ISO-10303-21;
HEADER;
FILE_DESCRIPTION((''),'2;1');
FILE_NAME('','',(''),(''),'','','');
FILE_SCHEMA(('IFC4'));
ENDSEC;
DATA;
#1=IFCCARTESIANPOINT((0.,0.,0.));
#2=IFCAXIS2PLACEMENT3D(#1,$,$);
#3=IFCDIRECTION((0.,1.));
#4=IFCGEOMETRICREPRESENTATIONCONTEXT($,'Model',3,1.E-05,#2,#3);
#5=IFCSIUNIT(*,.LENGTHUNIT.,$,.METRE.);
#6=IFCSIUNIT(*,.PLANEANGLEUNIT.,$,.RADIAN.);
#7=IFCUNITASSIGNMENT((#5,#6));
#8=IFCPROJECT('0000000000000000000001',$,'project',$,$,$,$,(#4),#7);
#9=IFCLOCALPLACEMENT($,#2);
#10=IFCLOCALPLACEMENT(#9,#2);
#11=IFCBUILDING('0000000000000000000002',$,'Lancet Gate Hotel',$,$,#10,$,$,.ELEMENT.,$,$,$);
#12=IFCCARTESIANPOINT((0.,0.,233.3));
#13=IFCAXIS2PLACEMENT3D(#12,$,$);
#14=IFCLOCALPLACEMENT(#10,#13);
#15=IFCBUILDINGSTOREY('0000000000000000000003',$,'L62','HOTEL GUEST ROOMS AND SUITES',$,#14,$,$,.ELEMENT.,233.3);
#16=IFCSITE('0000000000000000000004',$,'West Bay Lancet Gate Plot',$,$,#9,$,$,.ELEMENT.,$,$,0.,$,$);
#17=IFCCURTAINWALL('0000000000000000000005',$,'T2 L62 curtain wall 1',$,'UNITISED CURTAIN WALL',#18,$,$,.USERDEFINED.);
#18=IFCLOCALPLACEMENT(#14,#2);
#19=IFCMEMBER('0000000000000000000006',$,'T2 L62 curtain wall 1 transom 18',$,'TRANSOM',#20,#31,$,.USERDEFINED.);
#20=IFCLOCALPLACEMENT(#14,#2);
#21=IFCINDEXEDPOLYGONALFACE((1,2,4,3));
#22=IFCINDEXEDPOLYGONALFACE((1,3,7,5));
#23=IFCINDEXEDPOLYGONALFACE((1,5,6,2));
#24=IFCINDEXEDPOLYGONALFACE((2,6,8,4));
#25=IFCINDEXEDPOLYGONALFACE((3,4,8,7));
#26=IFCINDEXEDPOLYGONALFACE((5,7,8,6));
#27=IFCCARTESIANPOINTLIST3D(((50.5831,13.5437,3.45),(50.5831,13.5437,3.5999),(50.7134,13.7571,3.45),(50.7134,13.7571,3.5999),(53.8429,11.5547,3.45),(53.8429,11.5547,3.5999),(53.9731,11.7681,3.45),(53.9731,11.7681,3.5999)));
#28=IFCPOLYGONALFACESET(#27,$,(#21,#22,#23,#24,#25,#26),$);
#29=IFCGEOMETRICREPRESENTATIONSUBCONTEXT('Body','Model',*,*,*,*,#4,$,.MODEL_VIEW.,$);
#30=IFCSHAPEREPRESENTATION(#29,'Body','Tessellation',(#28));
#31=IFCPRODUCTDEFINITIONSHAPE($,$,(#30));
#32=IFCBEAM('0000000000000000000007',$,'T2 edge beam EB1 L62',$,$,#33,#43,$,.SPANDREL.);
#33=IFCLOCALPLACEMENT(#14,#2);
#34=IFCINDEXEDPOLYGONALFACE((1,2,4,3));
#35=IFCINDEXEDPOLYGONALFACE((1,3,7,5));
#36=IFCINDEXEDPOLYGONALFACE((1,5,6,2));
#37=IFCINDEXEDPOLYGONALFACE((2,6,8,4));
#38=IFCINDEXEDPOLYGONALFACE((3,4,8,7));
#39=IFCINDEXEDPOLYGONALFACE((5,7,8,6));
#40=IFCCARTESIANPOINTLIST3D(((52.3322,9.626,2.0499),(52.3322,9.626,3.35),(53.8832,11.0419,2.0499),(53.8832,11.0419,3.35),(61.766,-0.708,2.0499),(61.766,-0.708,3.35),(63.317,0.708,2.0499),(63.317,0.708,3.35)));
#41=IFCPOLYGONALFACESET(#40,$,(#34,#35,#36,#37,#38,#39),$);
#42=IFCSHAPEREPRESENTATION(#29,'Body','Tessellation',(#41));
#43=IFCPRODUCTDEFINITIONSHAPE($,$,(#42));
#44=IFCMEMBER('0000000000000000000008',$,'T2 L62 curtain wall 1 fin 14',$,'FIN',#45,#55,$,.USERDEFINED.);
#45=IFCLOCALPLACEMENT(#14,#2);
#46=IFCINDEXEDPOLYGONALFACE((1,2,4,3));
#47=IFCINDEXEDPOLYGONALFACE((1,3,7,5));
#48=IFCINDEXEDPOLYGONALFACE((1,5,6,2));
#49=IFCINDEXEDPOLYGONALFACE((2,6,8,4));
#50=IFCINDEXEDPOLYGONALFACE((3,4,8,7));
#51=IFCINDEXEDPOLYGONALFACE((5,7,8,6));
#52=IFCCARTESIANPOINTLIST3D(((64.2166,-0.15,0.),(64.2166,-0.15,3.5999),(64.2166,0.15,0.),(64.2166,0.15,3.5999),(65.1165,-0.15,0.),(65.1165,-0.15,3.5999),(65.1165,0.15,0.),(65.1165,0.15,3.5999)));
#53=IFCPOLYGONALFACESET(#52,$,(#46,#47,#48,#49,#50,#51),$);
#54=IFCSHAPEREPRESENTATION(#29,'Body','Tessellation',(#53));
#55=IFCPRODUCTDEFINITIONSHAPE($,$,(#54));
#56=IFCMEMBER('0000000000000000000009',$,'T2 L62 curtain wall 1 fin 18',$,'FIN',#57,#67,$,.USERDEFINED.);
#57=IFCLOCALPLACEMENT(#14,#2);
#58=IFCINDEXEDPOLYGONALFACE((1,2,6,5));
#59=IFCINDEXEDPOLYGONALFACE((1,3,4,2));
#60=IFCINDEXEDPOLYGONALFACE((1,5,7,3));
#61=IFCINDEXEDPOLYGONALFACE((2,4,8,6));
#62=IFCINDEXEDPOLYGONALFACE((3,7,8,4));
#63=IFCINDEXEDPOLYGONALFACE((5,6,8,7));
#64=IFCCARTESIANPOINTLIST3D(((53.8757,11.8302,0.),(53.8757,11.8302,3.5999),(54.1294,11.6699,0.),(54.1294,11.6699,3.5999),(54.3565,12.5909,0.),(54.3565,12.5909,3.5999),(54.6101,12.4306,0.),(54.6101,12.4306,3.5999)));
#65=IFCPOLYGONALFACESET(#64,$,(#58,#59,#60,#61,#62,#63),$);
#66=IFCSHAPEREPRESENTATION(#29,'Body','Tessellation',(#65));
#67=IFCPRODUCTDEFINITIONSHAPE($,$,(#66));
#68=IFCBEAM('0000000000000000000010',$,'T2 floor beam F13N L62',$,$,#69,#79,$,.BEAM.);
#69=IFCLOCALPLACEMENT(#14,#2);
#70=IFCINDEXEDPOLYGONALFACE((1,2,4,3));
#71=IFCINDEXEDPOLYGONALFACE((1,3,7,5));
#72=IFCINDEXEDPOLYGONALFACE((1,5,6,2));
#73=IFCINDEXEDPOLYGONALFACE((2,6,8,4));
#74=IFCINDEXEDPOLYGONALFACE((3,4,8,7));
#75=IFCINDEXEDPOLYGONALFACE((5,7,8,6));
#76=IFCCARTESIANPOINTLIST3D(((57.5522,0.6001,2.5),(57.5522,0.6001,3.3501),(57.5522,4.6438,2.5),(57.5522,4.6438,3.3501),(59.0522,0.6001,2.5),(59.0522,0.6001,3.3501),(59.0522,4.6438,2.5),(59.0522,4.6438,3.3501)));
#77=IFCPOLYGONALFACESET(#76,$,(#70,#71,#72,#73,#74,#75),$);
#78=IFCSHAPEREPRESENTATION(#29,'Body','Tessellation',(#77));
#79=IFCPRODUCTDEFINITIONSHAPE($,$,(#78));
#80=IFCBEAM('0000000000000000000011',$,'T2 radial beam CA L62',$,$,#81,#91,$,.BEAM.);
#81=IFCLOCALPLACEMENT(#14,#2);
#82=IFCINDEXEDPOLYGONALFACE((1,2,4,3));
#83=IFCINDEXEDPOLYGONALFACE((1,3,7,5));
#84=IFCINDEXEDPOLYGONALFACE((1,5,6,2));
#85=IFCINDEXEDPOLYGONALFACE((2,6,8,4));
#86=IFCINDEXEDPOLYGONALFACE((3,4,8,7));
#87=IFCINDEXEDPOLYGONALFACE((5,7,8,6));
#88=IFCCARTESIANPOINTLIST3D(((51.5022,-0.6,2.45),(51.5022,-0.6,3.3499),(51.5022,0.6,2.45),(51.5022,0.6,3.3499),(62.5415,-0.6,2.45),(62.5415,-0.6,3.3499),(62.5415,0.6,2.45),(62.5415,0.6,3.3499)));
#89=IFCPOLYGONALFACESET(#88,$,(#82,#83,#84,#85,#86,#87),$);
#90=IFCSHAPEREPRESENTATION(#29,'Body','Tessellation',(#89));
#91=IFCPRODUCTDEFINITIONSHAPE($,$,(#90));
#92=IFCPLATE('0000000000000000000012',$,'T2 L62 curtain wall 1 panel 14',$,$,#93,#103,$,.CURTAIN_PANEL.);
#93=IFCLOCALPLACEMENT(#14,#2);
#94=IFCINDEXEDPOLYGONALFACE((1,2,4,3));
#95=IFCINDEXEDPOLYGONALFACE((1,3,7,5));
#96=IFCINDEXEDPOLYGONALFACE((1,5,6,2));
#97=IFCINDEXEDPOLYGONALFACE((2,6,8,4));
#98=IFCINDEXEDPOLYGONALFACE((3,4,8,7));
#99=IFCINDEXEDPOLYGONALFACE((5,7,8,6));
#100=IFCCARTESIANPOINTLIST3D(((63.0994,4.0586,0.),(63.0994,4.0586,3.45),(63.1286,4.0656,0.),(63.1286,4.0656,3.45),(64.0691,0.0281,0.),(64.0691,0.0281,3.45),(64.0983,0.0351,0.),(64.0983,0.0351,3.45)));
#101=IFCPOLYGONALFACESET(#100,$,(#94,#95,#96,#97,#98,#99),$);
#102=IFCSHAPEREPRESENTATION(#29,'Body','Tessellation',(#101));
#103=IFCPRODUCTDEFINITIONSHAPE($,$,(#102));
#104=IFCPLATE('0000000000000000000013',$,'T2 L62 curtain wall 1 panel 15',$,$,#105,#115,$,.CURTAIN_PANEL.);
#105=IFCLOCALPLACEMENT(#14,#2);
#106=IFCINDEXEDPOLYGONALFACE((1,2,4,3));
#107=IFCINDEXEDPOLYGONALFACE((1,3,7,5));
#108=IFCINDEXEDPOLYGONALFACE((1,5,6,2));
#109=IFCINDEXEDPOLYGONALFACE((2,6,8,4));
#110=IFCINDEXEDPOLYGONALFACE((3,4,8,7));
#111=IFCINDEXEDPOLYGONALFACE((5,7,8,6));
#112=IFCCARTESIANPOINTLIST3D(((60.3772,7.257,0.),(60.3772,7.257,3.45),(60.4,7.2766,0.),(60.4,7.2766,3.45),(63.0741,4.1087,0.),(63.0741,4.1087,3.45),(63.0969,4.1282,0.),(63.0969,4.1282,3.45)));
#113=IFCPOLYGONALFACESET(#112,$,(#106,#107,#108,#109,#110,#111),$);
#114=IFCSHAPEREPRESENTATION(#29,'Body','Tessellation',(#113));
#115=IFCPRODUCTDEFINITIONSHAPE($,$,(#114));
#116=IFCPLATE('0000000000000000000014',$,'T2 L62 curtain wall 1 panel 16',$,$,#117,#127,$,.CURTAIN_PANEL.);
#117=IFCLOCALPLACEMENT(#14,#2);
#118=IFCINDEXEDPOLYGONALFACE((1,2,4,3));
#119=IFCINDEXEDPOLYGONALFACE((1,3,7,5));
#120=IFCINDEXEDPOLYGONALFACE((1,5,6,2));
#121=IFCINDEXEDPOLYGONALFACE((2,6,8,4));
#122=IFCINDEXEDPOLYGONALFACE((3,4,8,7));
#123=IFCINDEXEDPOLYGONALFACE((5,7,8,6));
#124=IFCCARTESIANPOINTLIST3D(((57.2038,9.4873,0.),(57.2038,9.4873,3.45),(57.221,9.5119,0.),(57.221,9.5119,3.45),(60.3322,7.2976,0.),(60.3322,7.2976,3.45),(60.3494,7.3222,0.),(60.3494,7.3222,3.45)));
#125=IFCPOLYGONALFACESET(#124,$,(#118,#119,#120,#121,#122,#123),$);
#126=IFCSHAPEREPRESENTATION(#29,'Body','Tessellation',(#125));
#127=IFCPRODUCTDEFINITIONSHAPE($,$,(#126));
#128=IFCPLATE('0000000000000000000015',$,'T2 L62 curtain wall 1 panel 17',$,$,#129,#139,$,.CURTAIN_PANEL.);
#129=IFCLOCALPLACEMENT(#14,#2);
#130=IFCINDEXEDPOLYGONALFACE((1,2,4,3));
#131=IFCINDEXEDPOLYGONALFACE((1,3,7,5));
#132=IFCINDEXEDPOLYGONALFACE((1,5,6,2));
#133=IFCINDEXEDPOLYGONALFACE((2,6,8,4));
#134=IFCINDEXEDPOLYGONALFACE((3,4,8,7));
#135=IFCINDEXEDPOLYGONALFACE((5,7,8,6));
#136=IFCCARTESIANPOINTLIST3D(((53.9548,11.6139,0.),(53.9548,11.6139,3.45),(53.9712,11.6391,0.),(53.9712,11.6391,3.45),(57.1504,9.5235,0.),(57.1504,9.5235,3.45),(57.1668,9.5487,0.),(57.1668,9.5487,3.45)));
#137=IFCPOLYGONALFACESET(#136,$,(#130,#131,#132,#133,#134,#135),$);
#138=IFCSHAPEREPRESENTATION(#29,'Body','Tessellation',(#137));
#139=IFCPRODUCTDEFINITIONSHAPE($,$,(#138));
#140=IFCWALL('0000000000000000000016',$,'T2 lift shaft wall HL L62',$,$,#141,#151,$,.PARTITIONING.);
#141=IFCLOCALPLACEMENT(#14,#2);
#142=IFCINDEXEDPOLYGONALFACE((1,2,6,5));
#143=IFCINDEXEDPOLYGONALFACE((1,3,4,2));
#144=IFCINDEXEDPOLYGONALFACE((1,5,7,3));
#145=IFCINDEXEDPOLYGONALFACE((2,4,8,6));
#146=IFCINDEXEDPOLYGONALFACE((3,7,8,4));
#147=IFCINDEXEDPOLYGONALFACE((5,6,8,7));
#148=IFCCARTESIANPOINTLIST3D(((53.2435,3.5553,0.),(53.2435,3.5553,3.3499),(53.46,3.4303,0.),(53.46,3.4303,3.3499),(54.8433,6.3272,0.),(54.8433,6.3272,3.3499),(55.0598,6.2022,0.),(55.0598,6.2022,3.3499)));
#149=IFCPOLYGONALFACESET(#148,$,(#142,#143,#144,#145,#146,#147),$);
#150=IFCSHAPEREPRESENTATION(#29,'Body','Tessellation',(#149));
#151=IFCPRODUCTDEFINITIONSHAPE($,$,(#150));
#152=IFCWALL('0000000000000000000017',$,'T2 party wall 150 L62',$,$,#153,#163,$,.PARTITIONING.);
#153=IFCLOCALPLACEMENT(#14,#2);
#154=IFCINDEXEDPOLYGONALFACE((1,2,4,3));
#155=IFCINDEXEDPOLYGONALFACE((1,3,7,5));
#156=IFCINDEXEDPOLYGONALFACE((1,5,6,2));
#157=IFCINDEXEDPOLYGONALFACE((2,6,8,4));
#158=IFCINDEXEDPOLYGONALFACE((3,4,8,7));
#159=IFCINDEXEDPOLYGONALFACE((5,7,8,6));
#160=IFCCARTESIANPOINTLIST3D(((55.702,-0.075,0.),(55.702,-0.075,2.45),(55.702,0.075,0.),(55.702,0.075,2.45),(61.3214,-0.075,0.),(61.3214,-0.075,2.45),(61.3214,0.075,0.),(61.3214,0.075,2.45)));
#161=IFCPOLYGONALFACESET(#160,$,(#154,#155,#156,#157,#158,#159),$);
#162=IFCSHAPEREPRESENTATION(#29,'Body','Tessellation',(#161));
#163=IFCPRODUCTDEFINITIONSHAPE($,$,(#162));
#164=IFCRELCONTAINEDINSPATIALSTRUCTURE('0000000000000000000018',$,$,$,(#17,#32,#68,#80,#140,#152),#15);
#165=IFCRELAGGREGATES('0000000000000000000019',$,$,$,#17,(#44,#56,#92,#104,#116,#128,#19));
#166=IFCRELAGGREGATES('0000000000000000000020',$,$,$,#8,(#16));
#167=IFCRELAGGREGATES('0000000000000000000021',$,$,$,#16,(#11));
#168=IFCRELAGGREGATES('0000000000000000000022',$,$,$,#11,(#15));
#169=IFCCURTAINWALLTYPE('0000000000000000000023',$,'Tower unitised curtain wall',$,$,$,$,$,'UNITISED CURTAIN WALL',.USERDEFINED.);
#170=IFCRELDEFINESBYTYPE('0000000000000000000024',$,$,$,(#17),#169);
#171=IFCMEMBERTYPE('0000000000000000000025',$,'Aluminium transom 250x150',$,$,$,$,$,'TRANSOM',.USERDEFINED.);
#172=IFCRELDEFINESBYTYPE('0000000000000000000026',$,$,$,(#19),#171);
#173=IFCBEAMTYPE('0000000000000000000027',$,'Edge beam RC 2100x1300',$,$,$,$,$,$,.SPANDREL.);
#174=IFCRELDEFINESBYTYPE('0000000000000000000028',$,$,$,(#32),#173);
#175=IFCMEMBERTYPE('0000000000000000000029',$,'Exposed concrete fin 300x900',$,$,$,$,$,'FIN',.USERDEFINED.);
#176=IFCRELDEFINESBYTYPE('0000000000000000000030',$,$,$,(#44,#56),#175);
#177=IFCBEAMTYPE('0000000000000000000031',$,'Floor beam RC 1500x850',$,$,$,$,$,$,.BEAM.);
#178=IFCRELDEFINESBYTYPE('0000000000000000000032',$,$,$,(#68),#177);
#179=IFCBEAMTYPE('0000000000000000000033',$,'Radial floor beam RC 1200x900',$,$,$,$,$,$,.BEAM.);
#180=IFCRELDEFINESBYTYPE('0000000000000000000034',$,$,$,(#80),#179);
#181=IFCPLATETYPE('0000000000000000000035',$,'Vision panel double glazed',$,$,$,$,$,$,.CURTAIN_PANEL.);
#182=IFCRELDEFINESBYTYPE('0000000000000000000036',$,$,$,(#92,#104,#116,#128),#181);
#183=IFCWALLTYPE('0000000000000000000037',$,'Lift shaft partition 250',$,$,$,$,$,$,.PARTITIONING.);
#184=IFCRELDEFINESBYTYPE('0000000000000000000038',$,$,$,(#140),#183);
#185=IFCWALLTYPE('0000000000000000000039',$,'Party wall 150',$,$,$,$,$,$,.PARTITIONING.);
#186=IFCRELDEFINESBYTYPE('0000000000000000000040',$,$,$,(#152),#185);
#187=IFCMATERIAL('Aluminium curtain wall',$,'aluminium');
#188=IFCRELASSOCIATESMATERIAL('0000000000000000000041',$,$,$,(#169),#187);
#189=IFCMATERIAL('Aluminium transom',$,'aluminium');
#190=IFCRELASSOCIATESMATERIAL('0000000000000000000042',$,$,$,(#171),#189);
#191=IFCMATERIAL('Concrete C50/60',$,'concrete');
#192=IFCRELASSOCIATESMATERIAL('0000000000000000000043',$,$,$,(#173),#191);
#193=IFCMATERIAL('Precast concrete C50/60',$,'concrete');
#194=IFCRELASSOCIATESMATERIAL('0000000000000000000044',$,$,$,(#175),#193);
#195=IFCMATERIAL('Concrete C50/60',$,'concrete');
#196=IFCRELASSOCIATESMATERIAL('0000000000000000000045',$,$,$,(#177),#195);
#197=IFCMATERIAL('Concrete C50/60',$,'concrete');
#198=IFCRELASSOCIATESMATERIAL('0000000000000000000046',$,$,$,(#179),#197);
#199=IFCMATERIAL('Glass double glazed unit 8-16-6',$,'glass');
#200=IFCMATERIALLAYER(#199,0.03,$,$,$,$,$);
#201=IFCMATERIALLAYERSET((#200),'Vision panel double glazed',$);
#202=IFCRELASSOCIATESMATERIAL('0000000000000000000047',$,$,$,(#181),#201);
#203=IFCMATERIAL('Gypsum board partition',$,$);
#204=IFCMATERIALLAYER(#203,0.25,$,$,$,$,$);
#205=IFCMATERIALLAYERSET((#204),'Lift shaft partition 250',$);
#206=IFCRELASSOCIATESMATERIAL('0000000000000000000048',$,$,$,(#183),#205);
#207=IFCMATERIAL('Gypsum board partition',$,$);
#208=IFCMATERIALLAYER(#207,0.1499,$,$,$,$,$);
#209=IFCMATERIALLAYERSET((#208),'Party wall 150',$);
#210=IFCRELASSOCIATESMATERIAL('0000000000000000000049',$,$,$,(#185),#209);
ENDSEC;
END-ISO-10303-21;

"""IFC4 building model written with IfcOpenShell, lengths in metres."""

from ifc_helpers import new_model, si_unit, direction, frame, frame_2d, origin, origin_2d, place, context, subcontext, project, spatial, rectangle, extrude, material, layer, layer_set, material_profile, profile_set, type_object, element, aggregate, save


model = new_model("IFC4")

# Units and contexts
model_context = context("Model", 3, precision=1e-05, world=origin(), true_north=direction((0.0, 1.0)))
body_context = subcontext(model_context, "Body", "Model", "MODEL_VIEW")
ifc_project = project(units=[si_unit("LENGTHUNIT", "METRE"), si_unit("PLANEANGLEUNIT", "RADIAN")], contexts=[model_context])

# Site, building, storey
site_placement = place(None, origin())
site = spatial("IfcSite", under=ifc_project, at=site_placement, Name="West Bay Lancet Gate Plot", CompositionType="ELEMENT", RefElevation=0.0)
building_placement = place(site_placement, origin())
building = spatial("IfcBuilding", under=site, at=building_placement, Name="Lancet Gate Hotel", CompositionType="ELEMENT")
storey_placement = place(building_placement, frame((0.0, 0.0, 233.3)))
storey = spatial("IfcBuildingStorey", under=building, at=storey_placement, Name="L62", Description="HOTEL GUEST ROOMS AND SUITES", CompositionType="ELEMENT", Elevation=233.3)

# Curtain wall, member
ifc_material_1 = material(Name="Aluminium curtain wall", Category="aluminium")
curtain_wall_type = type_object("IfcCurtainWallType", Name="Tower unitised curtain wall", ElementType="UNITISED CURTAIN WALL", PredefinedType="USERDEFINED", material=ifc_material_1)
curtain_wall_placement = place(storey_placement, origin())
curtain_wall = element("IfcCurtainWall", 1, at=curtain_wall_placement, inside=storey, type_object=curtain_wall_type, Name="T2 L62 curtain wall 1", ObjectType="UNITISED CURTAIN WALL", PredefinedType="USERDEFINED")
ifc_material_2 = material(Name="Aluminium transom", Category="aluminium")
ifc_material_profile_1 = material_profile(ifc_material_2, rectangle(XDim=0.25, YDim=0.1499, at=origin_2d()), Name="TRANSOM 250x150")
ifc_profile_set_1 = profile_set([ifc_material_profile_1], Name="Aluminium transom")
member_type_1 = type_object("IfcMemberType", Name="Aluminium transom 250x150", ElementType="TRANSOM", PredefinedType="USERDEFINED", material=ifc_profile_set_1)
member_1_placement = place(storey_placement, frame((53.908, 11.6614, 3.5249), z_axis=(-0.853639, 0.520865, 0.0), x_axis=(-0.520865, -0.853639, 0.0)))
member_1 = element("IfcMember", 2, at=member_1_placement, type_object=member_type_1, Name="T2 L62 curtain wall 1 transom 18", ObjectType="TRANSOM", PredefinedType="USERDEFINED", context=body_context, shape_type="SweptSolid", body=[
    extrude(rectangle(XDim=0.25, YDim=0.1499, at=origin_2d()), origin(), (0.0, 0.0, 1.0), 3.8186),
])

# Beam
ifc_material_3 = material(Name="Concrete C50/60", Category="concrete")
ifc_material_profile_2 = material_profile(ifc_material_3, rectangle(XDim=2.1001, YDim=1.3, at=origin_2d()), Name="RC 2100x1300")
ifc_profile_set_2 = profile_set([ifc_material_profile_2], Name="Concrete C50/60")
beam_type_1 = type_object("IfcBeamType", Name="Edge beam RC 2100x1300", PredefinedType="SPANDREL", material=ifc_profile_set_2)
beam_1_placement = place(storey_placement, frame((62.5415, 0.0, 2.7), z_axis=(-0.674209, 0.73854, 0.0), x_axis=(-0.73854, -0.674209, 0.0)))
element("IfcBeam", 3, at=beam_1_placement, inside=storey, type_object=beam_type_1, Name="T2 edge beam EB1 L62", PredefinedType="SPANDREL", context=body_context, shape_type="SweptSolid", body=[
    extrude(rectangle(XDim=2.1001, YDim=1.3, at=origin_2d()), origin(), (0.0, 0.0, 1.0), 13.9924),
])

# Members
ifc_material_4 = material(Name="Precast concrete C50/60", Category="concrete")
ifc_material_profile_3 = material_profile(ifc_material_4, rectangle(XDim=0.3, YDim=0.8999, at=origin_2d()), Name="FIN 300x900")
ifc_profile_set_3 = profile_set([ifc_material_profile_3], Name="Precast concrete C50/60")
member_type_2 = type_object("IfcMemberType", Name="Exposed concrete fin 300x900", ElementType="FIN", PredefinedType="USERDEFINED", material=ifc_profile_set_3)
member_2_placement = place(storey_placement, frame((64.6665, 0.0, 0.0), z_axis=(0.0, 0.0, 1.0), x_axis=(0.0, 1.0, 0.0)))
member_2 = element("IfcMember", 4, at=member_2_placement, type_object=member_type_2, Name="T2 L62 curtain wall 1 fin 14", ObjectType="FIN", PredefinedType="USERDEFINED", context=body_context, shape_type="SweptSolid", body=[
    extrude(rectangle(XDim=0.3, YDim=0.8999, at=origin_2d()), origin(), (0.0, 0.0, 1.0), 3.5999),
])
member_3_placement = place(storey_placement, frame((54.2429, 12.1304, 0.0), z_axis=(0.0, 0.0, 1.0), x_axis=(-0.84534, 0.534229, 0.0)))
member_3 = element("IfcMember", 5, at=member_3_placement, type_object=member_type_2, Name="T2 L62 curtain wall 1 fin 18", ObjectType="FIN", PredefinedType="USERDEFINED", context=body_context, shape_type="SweptSolid", body=[
    extrude(rectangle(XDim=0.3, YDim=0.8999, at=origin_2d()), origin(), (0.0, 0.0, 1.0), 3.5999),
])

# Beams
ifc_material_5 = material(Name="Concrete C50/60", Category="concrete")
ifc_material_profile_4 = material_profile(ifc_material_5, rectangle(XDim=1.5, YDim=0.8501, at=origin_2d()), Name="RC 1500x850")
ifc_profile_set_4 = profile_set([ifc_material_profile_4], Name="Concrete C50/60")
beam_type_2 = type_object("IfcBeamType", Name="Floor beam RC 1500x850", PredefinedType="BEAM", material=ifc_profile_set_4)
beam_2_placement = place(storey_placement, frame((58.3022, 0.6001, 2.925), z_axis=(0.0, 1.0, 0.0), x_axis=(-1.0, 0.0, 0.0)))
element("IfcBeam", 6, at=beam_2_placement, inside=storey, type_object=beam_type_2, Name="T2 floor beam F13N L62", PredefinedType="BEAM", context=body_context, shape_type="SweptSolid", body=[
    extrude(rectangle(XDim=1.5, YDim=0.8501, at=origin_2d()), origin(), (0.0, 0.0, 1.0), 4.0437),
])
ifc_material_6 = material(Name="Concrete C50/60", Category="concrete")
ifc_material_profile_5 = material_profile(ifc_material_6, rectangle(XDim=1.2, YDim=0.8999, at=origin_2d()), Name="RC 1200x900")
ifc_profile_set_5 = profile_set([ifc_material_profile_5], Name="Concrete C50/60")
beam_type_3 = type_object("IfcBeamType", Name="Radial floor beam RC 1200x900", PredefinedType="BEAM", material=ifc_profile_set_5)
beam_3_placement = place(storey_placement, frame((62.5415, 0.0, 2.8999), z_axis=(-1.0, 0.0, 0.0), x_axis=(0.0, -1.0, 0.0)))
element("IfcBeam", 7, at=beam_3_placement, inside=storey, type_object=beam_type_3, Name="T2 radial beam CA L62", PredefinedType="BEAM", context=body_context, shape_type="SweptSolid", body=[
    extrude(rectangle(XDim=1.2, YDim=0.8999, at=origin_2d()), origin(), (0.0, 0.0, 1.0), 11.0393),
])

# Plates
ifc_material_7 = material(Name="Glass double glazed unit 8-16-6", Category="glass")
ifc_layer_1 = layer(ifc_material_7, 0.03)
ifc_layer_set_1 = layer_set([ifc_layer_1], Name="Vision panel double glazed")
plate_type = type_object("IfcPlateType", Name="Vision panel double glazed", PredefinedType="CURTAIN_PANEL", material=ifc_layer_set_1)
plate_1_placement = place(storey_placement, frame((63.5989, 2.0469, 0.0), z_axis=(0.0, 0.0, 1.0), x_axis=(-0.233916, 0.972257, 0.0)))
plate_1 = element("IfcPlate", 8, at=plate_1_placement, type_object=plate_type, Name="T2 L62 curtain wall 1 panel 14", PredefinedType="CURTAIN_PANEL", context=body_context, shape_type="SweptSolid", body=[
    extrude(rectangle(XDim=4.1455, YDim=0.03, at=origin_2d()), origin(), (0.0, 0.0, 1.0), 3.45),
])
plate_2_placement = place(storey_placement, frame((61.7371, 5.6926, 0.0), z_axis=(0.0, 0.0, 1.0), x_axis=(-0.650552, 0.759462, 0.0)))
plate_2 = element("IfcPlate", 9, at=plate_2_placement, type_object=plate_type, Name="T2 L62 curtain wall 1 panel 15", PredefinedType="CURTAIN_PANEL", context=body_context, shape_type="SweptSolid", body=[
    extrude(rectangle(XDim=4.1455, YDim=0.03, at=origin_2d()), origin(), (0.0, 0.0, 1.0), 3.45),
])
plate_3_placement = place(storey_placement, frame((58.7766, 8.4048, 0.0), z_axis=(0.0, 0.0, 1.0), x_axis=(-0.819255, 0.573429, 0.0)))
plate_3 = element("IfcPlate", 10, at=plate_3_placement, type_object=plate_type, Name="T2 L62 curtain wall 1 panel 16", PredefinedType="CURTAIN_PANEL", context=body_context, shape_type="SweptSolid", body=[
    extrude(rectangle(XDim=3.8186, YDim=0.03, at=origin_2d()), origin(), (0.0, 0.0, 1.0), 3.45),
])
plate_4_placement = place(storey_placement, frame((55.5608, 10.5813, 0.0), z_axis=(0.0, 0.0, 1.0), x_axis=(-0.83685, 0.547432, 0.0)))
plate_4 = element("IfcPlate", 11, at=plate_4_placement, type_object=plate_type, Name="T2 L62 curtain wall 1 panel 17", PredefinedType="CURTAIN_PANEL", context=body_context, shape_type="SweptSolid", body=[
    extrude(rectangle(XDim=3.8186, YDim=0.03, at=origin_2d()), origin(), (0.0, 0.0, 1.0), 3.45),
])
aggregate(curtain_wall, [member_2, member_3, plate_1, plate_2, plate_3, plate_4, member_1])

# Walls
ifc_material_8 = material(Name="Gypsum board partition")
ifc_layer_2 = layer(ifc_material_8, 0.25)
ifc_layer_set_2 = layer_set([ifc_layer_2], Name="Lift shaft partition 250")
wall_type_1 = type_object("IfcWallType", Name="Lift shaft partition 250", PredefinedType="PARTITIONING", material=ifc_layer_set_2)
wall_1_placement = place(storey_placement, frame((53.3518, 3.4929, 0.0), z_axis=(0.0, 0.0, 1.0), x_axis=(0.499872, 0.866099, 0.0)))
element("IfcWall", 12, at=wall_1_placement, inside=storey, type_object=wall_type_1, Name="T2 lift shaft wall HL L62", PredefinedType="PARTITIONING", context=body_context, shape_type="SweptSolid", body=[
    extrude(rectangle(XDim=3.2004, YDim=0.25, at=frame_2d((1.6001, 0.0))), origin(), (0.0, 0.0, 1.0), 3.3499),
])
ifc_material_9 = material(Name="Gypsum board partition")
ifc_layer_3 = layer(ifc_material_9, 0.1499)
ifc_layer_set_3 = layer_set([ifc_layer_3], Name="Party wall 150")
wall_type_2 = type_object("IfcWallType", Name="Party wall 150", PredefinedType="PARTITIONING", material=ifc_layer_set_3)
wall_2_placement = place(storey_placement, frame((55.7021, 0.0, 0.0), z_axis=(0.0, 0.0, 1.0), x_axis=(1.0, 0.0, 0.0)))
element("IfcWall", 13, at=wall_2_placement, inside=storey, type_object=wall_type_2, Name="T2 party wall 150 L62", PredefinedType="PARTITIONING", context=body_context, shape_type="SweptSolid", body=[
    extrude(rectangle(XDim=5.6194, YDim=0.1499, at=frame_2d((2.8096, 0.0))), origin(), (0.0, 0.0, 1.0), 2.45),
])

save(model, "model.ifc")
